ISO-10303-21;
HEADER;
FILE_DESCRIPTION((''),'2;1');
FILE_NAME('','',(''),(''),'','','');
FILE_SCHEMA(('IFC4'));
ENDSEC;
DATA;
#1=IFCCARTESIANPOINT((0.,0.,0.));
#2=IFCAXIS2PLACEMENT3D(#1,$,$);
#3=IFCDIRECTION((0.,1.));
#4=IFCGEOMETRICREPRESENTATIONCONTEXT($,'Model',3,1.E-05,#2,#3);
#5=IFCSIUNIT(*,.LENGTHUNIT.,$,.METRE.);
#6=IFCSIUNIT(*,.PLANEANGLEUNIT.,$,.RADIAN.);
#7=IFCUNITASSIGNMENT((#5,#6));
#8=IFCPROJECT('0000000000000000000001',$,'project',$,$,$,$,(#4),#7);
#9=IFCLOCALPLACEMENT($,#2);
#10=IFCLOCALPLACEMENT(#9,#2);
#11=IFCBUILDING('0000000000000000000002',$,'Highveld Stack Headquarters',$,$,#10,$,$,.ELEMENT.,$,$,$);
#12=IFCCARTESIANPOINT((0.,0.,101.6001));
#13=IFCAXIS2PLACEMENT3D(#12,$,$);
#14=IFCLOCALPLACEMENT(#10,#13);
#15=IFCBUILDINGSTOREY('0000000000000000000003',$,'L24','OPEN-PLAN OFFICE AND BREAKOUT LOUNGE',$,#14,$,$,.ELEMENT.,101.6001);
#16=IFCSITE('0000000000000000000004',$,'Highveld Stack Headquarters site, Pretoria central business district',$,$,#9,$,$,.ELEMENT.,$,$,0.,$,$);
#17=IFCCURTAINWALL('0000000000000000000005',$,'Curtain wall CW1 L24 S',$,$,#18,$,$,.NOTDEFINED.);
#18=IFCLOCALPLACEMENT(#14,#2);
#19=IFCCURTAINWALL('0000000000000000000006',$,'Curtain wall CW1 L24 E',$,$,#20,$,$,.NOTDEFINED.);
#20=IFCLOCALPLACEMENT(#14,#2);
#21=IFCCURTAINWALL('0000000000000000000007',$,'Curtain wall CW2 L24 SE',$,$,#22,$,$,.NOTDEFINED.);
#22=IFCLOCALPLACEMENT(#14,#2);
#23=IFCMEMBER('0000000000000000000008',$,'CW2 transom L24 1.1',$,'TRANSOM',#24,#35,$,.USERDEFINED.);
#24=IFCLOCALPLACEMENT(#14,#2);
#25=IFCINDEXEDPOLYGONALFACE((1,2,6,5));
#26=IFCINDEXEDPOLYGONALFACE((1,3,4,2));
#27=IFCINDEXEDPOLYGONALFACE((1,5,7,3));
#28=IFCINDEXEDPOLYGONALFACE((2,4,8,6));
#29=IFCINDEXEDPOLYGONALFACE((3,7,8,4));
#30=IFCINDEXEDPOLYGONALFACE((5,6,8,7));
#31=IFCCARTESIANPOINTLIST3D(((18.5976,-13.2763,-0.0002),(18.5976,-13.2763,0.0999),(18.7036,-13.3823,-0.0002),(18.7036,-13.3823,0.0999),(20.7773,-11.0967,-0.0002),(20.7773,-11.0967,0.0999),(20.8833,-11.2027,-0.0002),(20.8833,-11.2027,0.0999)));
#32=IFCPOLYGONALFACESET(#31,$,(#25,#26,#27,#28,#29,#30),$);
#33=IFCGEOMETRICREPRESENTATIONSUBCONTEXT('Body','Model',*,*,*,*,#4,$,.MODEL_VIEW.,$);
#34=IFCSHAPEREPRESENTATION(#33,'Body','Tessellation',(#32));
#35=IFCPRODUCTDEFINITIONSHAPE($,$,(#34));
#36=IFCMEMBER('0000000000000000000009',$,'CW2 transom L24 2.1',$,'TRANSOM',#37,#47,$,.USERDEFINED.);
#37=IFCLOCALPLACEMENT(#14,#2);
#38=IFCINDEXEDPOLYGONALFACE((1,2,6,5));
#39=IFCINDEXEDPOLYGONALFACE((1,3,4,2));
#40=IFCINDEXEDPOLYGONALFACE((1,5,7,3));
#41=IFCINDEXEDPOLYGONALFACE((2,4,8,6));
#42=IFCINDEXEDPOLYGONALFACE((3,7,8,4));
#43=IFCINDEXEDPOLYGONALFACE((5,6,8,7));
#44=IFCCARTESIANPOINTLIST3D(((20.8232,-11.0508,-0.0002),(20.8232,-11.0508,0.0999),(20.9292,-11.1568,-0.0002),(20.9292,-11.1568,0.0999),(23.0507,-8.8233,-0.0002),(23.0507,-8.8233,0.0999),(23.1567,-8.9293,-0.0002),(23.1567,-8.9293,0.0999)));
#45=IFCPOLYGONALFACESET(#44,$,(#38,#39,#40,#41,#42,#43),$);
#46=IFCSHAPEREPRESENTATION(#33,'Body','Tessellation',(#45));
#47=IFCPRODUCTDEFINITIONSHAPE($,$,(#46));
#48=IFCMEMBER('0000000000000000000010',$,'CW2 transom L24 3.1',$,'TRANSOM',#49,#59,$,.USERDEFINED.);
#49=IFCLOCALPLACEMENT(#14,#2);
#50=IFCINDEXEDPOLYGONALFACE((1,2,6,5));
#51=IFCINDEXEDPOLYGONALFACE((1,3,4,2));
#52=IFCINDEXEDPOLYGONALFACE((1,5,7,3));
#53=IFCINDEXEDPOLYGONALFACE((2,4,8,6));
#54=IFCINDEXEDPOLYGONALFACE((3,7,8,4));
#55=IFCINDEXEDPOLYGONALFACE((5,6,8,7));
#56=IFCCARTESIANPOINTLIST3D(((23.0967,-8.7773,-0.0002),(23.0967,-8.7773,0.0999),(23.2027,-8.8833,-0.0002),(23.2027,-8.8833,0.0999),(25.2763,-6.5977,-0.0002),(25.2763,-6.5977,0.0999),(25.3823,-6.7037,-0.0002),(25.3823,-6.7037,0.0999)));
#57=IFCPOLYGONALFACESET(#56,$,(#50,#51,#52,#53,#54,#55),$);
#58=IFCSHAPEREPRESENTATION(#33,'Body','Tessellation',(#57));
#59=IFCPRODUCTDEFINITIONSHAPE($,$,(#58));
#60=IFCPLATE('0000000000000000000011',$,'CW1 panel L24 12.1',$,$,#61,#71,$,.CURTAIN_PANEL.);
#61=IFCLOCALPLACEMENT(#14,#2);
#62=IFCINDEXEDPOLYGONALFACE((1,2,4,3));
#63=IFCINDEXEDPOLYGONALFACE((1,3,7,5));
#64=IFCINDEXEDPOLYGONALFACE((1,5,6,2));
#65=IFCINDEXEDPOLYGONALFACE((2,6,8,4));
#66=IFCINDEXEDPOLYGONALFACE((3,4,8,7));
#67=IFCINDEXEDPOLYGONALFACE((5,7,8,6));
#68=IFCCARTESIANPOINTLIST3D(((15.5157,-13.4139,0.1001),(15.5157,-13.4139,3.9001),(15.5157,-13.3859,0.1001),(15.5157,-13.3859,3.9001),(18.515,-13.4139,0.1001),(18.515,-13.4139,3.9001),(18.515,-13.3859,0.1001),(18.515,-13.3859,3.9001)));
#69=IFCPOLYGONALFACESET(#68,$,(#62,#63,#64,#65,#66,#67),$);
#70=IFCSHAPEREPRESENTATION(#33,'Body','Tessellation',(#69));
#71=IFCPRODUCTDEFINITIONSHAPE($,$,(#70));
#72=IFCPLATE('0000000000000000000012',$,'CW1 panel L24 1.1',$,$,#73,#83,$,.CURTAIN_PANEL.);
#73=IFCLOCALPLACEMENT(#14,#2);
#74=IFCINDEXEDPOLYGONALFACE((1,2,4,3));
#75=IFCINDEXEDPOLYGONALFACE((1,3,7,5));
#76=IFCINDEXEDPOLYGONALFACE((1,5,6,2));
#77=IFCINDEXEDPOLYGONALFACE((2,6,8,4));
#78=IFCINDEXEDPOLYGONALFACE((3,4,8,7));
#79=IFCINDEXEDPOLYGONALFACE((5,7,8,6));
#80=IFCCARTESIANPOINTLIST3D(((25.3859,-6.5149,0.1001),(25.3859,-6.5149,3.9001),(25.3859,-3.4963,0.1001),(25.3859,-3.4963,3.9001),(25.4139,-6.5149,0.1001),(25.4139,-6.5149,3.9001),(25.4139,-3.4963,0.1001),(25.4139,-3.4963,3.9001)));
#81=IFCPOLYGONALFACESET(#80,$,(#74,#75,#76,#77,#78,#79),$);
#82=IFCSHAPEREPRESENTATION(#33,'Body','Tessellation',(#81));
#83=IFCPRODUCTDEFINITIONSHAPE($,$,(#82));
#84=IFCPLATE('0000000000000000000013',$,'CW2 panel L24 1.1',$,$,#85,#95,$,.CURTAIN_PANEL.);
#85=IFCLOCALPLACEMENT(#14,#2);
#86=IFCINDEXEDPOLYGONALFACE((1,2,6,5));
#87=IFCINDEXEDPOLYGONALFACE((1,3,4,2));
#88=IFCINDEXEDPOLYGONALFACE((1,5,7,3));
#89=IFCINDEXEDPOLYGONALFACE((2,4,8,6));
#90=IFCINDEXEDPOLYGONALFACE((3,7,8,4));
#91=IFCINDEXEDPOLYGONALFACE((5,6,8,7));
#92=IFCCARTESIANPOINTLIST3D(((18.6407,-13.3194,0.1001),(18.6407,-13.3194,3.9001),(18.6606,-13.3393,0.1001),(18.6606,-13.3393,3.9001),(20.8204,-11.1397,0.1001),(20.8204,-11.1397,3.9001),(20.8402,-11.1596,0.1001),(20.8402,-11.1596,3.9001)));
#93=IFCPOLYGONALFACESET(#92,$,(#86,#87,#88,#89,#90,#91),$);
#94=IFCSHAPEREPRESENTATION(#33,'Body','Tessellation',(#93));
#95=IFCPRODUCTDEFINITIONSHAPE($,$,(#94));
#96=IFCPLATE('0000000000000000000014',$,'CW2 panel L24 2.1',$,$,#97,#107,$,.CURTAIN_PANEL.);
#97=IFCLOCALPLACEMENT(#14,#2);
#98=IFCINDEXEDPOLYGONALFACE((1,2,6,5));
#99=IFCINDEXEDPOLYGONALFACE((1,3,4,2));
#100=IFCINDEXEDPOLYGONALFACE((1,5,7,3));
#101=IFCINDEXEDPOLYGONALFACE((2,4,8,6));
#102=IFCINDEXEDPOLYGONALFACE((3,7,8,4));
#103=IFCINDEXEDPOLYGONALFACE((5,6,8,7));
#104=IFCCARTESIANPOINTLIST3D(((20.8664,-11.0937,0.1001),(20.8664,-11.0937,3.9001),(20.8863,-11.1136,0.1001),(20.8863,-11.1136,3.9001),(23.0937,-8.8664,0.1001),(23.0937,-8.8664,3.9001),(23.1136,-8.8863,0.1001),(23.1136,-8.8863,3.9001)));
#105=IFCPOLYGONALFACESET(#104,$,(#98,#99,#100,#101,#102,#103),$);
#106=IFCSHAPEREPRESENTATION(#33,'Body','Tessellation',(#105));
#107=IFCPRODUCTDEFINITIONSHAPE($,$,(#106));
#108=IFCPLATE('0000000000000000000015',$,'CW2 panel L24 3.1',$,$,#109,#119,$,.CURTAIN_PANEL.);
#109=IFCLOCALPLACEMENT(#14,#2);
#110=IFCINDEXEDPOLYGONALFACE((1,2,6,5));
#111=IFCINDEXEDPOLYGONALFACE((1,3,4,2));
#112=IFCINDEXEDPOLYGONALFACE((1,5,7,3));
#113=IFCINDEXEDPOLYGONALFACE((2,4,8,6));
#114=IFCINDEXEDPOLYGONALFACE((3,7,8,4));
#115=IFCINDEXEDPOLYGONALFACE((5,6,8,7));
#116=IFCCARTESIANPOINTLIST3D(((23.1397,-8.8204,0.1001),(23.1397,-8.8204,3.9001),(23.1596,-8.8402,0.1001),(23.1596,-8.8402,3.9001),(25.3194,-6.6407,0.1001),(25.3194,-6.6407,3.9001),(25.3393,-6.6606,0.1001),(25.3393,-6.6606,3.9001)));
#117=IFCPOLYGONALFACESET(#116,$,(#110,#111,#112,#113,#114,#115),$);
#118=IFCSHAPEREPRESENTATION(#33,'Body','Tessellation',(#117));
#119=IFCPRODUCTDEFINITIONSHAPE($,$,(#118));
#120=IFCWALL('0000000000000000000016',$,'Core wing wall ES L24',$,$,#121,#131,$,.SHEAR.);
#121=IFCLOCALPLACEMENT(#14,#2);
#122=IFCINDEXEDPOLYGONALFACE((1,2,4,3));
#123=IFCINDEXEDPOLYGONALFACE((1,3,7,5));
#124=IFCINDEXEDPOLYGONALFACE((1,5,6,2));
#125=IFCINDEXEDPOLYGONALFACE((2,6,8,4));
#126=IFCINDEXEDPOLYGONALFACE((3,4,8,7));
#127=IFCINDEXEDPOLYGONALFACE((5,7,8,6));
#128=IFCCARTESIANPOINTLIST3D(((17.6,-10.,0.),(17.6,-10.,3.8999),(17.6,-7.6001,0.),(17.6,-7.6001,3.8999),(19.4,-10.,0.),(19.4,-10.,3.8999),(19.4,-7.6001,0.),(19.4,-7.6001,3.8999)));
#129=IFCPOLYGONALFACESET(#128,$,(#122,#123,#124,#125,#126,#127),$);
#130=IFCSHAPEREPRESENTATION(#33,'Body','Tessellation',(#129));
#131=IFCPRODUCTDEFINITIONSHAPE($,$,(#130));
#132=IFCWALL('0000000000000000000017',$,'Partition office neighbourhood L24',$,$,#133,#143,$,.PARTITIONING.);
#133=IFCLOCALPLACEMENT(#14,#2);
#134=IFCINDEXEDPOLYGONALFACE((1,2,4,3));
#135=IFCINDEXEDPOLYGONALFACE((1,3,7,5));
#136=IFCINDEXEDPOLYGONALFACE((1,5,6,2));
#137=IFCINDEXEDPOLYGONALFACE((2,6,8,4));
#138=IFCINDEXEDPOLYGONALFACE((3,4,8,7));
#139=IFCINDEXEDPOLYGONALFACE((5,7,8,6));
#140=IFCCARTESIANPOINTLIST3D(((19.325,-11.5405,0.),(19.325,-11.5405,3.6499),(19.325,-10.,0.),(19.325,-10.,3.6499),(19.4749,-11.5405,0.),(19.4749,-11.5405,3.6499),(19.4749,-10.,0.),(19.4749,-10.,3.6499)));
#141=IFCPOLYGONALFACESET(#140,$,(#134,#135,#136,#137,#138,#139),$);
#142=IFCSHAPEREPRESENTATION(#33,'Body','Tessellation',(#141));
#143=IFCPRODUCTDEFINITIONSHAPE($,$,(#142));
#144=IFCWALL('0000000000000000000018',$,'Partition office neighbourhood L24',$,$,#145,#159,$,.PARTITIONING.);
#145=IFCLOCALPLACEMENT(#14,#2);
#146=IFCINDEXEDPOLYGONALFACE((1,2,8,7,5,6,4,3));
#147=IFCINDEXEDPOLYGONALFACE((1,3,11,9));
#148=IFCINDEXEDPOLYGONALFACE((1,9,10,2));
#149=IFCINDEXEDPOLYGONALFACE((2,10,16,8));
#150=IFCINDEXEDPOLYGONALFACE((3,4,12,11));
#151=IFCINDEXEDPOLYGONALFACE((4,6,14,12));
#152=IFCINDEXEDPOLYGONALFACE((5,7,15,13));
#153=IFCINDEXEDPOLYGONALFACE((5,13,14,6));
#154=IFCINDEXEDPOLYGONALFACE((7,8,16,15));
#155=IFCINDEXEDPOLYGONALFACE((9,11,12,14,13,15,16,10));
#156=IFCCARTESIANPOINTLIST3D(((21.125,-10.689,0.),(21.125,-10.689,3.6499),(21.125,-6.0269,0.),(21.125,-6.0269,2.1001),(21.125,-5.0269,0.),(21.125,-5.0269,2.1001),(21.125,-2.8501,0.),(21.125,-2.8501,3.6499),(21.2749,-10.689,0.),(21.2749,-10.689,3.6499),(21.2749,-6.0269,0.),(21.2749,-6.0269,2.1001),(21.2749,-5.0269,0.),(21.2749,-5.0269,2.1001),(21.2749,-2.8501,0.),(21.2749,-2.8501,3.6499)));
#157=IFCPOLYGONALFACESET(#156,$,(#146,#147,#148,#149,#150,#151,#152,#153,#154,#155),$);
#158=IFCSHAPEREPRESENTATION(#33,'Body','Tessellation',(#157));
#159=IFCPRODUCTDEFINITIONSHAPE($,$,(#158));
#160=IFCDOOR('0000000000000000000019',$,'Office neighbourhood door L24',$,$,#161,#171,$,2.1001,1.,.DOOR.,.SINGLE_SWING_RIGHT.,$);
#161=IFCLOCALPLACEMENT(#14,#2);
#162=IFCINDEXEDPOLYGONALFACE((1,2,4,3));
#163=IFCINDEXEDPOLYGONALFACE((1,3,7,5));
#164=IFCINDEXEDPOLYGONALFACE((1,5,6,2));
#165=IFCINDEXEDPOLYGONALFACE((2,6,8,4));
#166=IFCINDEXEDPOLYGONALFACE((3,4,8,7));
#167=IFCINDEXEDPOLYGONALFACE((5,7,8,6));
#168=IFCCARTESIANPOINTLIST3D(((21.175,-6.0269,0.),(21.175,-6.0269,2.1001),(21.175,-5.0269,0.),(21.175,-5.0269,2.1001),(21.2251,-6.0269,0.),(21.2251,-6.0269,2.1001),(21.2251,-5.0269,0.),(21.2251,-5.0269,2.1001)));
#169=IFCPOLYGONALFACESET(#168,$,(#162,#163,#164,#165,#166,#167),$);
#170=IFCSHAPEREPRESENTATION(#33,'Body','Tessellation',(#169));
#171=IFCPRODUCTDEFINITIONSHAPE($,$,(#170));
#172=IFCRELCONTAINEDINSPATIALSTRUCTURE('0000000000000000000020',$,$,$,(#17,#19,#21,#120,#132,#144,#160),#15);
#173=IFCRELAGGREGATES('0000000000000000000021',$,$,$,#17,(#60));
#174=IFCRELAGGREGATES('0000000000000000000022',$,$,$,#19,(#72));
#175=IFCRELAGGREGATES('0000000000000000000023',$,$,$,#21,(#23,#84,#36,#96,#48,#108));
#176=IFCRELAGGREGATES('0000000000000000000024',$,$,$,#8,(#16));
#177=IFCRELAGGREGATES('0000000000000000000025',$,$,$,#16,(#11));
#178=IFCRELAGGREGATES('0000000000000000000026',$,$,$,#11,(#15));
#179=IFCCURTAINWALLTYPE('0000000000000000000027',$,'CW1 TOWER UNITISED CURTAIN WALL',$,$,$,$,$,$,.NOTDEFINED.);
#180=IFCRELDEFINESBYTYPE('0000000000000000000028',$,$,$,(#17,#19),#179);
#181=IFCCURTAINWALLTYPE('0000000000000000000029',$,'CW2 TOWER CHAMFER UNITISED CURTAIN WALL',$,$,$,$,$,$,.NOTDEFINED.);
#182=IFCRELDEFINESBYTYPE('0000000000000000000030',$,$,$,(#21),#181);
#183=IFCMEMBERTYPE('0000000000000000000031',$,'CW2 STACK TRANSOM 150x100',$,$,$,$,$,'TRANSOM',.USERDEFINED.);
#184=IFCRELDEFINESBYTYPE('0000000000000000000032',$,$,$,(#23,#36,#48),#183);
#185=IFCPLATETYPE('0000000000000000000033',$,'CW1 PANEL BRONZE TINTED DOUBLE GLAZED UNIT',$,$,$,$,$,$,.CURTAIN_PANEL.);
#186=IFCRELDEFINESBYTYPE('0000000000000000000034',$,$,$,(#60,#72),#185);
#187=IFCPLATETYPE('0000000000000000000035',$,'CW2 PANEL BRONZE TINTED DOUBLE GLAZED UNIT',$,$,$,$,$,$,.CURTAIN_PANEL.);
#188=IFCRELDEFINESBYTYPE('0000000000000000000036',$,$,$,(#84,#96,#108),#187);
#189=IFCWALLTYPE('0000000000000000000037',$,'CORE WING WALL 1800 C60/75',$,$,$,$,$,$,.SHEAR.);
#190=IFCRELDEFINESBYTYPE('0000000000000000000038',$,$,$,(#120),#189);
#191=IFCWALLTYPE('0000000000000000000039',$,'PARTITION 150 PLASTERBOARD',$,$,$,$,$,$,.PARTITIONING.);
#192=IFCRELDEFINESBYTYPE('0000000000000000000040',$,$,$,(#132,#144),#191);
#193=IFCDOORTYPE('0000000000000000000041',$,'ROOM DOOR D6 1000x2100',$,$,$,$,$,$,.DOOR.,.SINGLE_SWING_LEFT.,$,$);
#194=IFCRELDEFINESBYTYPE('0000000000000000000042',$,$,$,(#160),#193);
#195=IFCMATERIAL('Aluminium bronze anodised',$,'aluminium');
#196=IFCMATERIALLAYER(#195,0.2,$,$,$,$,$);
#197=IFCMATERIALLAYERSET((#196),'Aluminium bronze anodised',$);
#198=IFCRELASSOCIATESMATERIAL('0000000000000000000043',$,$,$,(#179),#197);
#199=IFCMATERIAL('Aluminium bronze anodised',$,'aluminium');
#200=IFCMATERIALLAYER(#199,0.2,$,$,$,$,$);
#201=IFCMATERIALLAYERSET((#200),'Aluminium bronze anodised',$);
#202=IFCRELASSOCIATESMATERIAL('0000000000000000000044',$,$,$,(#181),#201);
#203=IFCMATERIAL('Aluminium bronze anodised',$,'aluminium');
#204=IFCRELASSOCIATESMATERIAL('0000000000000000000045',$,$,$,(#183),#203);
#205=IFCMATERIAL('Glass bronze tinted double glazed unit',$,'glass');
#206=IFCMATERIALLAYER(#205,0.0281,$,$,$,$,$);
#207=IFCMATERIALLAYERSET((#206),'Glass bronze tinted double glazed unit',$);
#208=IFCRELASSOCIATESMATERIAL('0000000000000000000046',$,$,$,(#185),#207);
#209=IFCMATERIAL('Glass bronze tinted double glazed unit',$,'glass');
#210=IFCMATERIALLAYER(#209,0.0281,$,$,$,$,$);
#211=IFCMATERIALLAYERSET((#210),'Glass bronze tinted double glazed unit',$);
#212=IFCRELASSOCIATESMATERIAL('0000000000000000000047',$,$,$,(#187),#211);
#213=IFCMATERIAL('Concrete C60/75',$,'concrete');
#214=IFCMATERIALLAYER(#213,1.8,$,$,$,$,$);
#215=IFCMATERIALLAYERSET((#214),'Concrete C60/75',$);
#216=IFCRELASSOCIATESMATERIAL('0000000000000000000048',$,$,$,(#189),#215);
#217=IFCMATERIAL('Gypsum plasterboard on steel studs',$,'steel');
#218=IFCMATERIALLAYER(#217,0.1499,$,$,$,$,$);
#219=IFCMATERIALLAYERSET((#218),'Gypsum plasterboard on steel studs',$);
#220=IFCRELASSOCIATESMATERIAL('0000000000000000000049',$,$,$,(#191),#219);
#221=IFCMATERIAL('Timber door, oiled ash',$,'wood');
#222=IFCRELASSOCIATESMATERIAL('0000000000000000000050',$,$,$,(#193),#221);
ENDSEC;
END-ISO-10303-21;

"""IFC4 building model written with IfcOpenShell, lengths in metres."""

from ifc_helpers import new_model, si_unit, direction, frame, frame_2d, origin, origin_2d, place, context, subcontext, project, spatial, rectangle, extrude, material, layer, layer_set, material_profile, profile_set, type_object, element, fill, aggregate, save


model = new_model("IFC4")

# Units and contexts
model_context = context("Model", 3, precision=1e-05, world=origin(), true_north=direction((0.0, 1.0)))
body_context = subcontext(model_context, "Body", "Model", "MODEL_VIEW")
ifc_project = project(units=[si_unit("LENGTHUNIT", "METRE"), si_unit("PLANEANGLEUNIT", "RADIAN")], contexts=[model_context])

# Site, building, storey
site_placement = place(None, origin())
site = spatial("IfcSite", under=ifc_project, at=site_placement, Name="Highveld Stack Headquarters site, Pretoria central business district", CompositionType="ELEMENT", RefElevation=0.0)
building_placement = place(site_placement, origin())
building = spatial("IfcBuilding", under=site, at=building_placement, Name="Highveld Stack Headquarters", CompositionType="ELEMENT")
storey_placement = place(building_placement, frame((0.0, 0.0, 101.6001)))
storey = spatial("IfcBuildingStorey", under=building, at=storey_placement, Name="L24", Description="OPEN-PLAN OFFICE AND BREAKOUT LOUNGE", CompositionType="ELEMENT", Elevation=101.6001)

# Curtain wall
ifc_material_1 = material(Name="Aluminium bronze anodised", Category="aluminium")
ifc_layer_1 = layer(ifc_material_1, 0.2)
ifc_layer_set_1 = layer_set([ifc_layer_1], Name="Aluminium bronze anodised")
curtain_wall_type_1 = type_object("IfcCurtainWallType", Name="CW1 TOWER UNITISED CURTAIN WALL", PredefinedType="NOTDEFINED", material=ifc_layer_set_1)
curtain_wall_1_placement = place(storey_placement, origin())
curtain_wall_1 = element("IfcCurtainWall", 1, at=curtain_wall_1_placement, inside=storey, type_object=curtain_wall_type_1, Name="Curtain wall CW1 L24 S", PredefinedType="NOTDEFINED")

# Curtain wall
curtain_wall_2_placement = place(storey_placement, origin())
curtain_wall_2 = element("IfcCurtainWall", 2, at=curtain_wall_2_placement, inside=storey, type_object=curtain_wall_type_1, Name="Curtain wall CW1 L24 E", PredefinedType="NOTDEFINED")

# Curtain wall, members
ifc_material_2 = material(Name="Aluminium bronze anodised", Category="aluminium")
ifc_layer_2 = layer(ifc_material_2, 0.2)
ifc_layer_set_2 = layer_set([ifc_layer_2], Name="Aluminium bronze anodised")
curtain_wall_type_2 = type_object("IfcCurtainWallType", Name="CW2 TOWER CHAMFER UNITISED CURTAIN WALL", PredefinedType="NOTDEFINED", material=ifc_layer_set_2)
curtain_wall_3_placement = place(storey_placement, origin())
curtain_wall_3 = element("IfcCurtainWall", 3, at=curtain_wall_3_placement, inside=storey, type_object=curtain_wall_type_2, Name="Curtain wall CW2 L24 SE", PredefinedType="NOTDEFINED")
ifc_material_3 = material(Name="Aluminium bronze anodised", Category="aluminium")
ifc_material_profile_1 = material_profile(ifc_material_3, rectangle(XDim=0.1499, YDim=0.1001, at=origin_2d()), Name="CW2 TRANSOM 150x100")
ifc_profile_set_1 = profile_set([ifc_material_profile_1], Name="Aluminium bronze anodised")
member_type_1 = type_object("IfcMemberType", Name="CW2 STACK TRANSOM 150x100", ElementType="TRANSOM", PredefinedType="USERDEFINED", material=ifc_profile_set_1)
member_1_placement = place(storey_placement, frame((18.6506, -13.3293, 0.0498), z_axis=(0.707107, 0.707107, 0.0), x_axis=(-0.707107, 0.707107, 0.0)))
member_1 = element("IfcMember", 4, at=member_1_placement, type_object=member_type_1, Name="CW2 transom L24 1.1", ObjectType="TRANSOM", PredefinedType="USERDEFINED", context=body_context, shape_type="SweptSolid", body=[
    extrude(rectangle(XDim=0.1499, YDim=0.1001, at=origin_2d()), origin(), (0.0, 0.0, 1.0), 3.0825),
])
member_2_placement = place(storey_placement, frame((20.8762, -11.1038, 0.0498), z_axis=(0.707107, 0.707107, 0.0), x_axis=(-0.707107, 0.707107, 0.0)))
member_2 = element("IfcMember", 5, at=member_2_placement, type_object=member_type_1, Name="CW2 transom L24 2.1", ObjectType="TRANSOM", PredefinedType="USERDEFINED", context=body_context, shape_type="SweptSolid", body=[
    extrude(rectangle(XDim=0.1499, YDim=0.1001, at=origin_2d()), origin(), (0.0, 0.0, 1.0), 3.1501),
])
member_3_placement = place(storey_placement, frame((23.1497, -8.8303, 0.0498), z_axis=(0.707107, 0.707107, 0.0), x_axis=(-0.707107, 0.707107, 0.0)))
member_3 = element("IfcMember", 6, at=member_3_placement, type_object=member_type_1, Name="CW2 transom L24 3.1", ObjectType="TRANSOM", PredefinedType="USERDEFINED", context=body_context, shape_type="SweptSolid", body=[
    extrude(rectangle(XDim=0.1499, YDim=0.1001, at=origin_2d()), origin(), (0.0, 0.0, 1.0), 3.0825),
])

# Plates
ifc_material_4 = material(Name="Glass bronze tinted double glazed unit", Category="glass")
ifc_layer_3 = layer(ifc_material_4, 0.0281)
ifc_layer_set_3 = layer_set([ifc_layer_3], Name="Glass bronze tinted double glazed unit")
plate_type_1 = type_object("IfcPlateType", Name="CW1 PANEL BRONZE TINTED DOUBLE GLAZED UNIT", PredefinedType="CURTAIN_PANEL", material=ifc_layer_set_3)
plate_1_placement = place(storey_placement, frame((17.0154, -13.3999, 0.1001), z_axis=(0.0, 0.0, 1.0), x_axis=(1.0, 0.0, 0.0)))
plate_1 = element("IfcPlate", 7, at=plate_1_placement, type_object=plate_type_1, Name="CW1 panel L24 12.1", PredefinedType="CURTAIN_PANEL", context=body_context, shape_type="SweptSolid", body=[
    extrude(rectangle(XDim=2.9993, YDim=0.0281, at=origin_2d()), origin(), (0.0, 0.0, 1.0), 3.8),
])
aggregate(curtain_wall_1, [plate_1])
plate_2_placement = place(storey_placement, frame((25.3999, -5.0056, 0.1001), z_axis=(0.0, 0.0, 1.0), x_axis=(0.0, 1.0, 0.0)))
plate_2 = element("IfcPlate", 8, at=plate_2_placement, type_object=plate_type_1, Name="CW1 panel L24 1.1", PredefinedType="CURTAIN_PANEL", context=body_context, shape_type="SweptSolid", body=[
    extrude(rectangle(XDim=3.0186, YDim=0.0281, at=origin_2d()), origin(), (0.0, 0.0, 1.0), 3.8),
])
aggregate(curtain_wall_2, [plate_2])
ifc_material_5 = material(Name="Glass bronze tinted double glazed unit", Category="glass")
ifc_layer_4 = layer(ifc_material_5, 0.0281)
ifc_layer_set_4 = layer_set([ifc_layer_4], Name="Glass bronze tinted double glazed unit")
plate_type_2 = type_object("IfcPlateType", Name="CW2 PANEL BRONZE TINTED DOUBLE GLAZED UNIT", PredefinedType="CURTAIN_PANEL", material=ifc_layer_set_4)
plate_3_placement = place(storey_placement, frame((19.7405, -12.2395, 0.1001), z_axis=(0.0, 0.0, 1.0), x_axis=(0.707107, 0.707107, 0.0)))
plate_3 = element("IfcPlate", 9, at=plate_3_placement, type_object=plate_type_2, Name="CW2 panel L24 1.1", PredefinedType="CURTAIN_PANEL", context=body_context, shape_type="SweptSolid", body=[
    extrude(rectangle(XDim=3.0825, YDim=0.0281, at=origin_2d()), origin(), (0.0, 0.0, 1.0), 3.8),
])
plate_4_placement = place(storey_placement, frame((21.99, -9.99, 0.1001), z_axis=(0.0, 0.0, 1.0), x_axis=(0.707107, 0.707107, 0.0)))
plate_4 = element("IfcPlate", 10, at=plate_4_placement, type_object=plate_type_2, Name="CW2 panel L24 2.1", PredefinedType="CURTAIN_PANEL", context=body_context, shape_type="SweptSolid", body=[
    extrude(rectangle(XDim=3.1499, YDim=0.0281, at=origin_2d()), origin(), (0.0, 0.0, 1.0), 3.8),
])
plate_5_placement = place(storey_placement, frame((24.2395, -7.7405, 0.1001), z_axis=(0.0, 0.0, 1.0), x_axis=(0.707107, 0.707107, 0.0)))
plate_5 = element("IfcPlate", 11, at=plate_5_placement, type_object=plate_type_2, Name="CW2 panel L24 3.1", PredefinedType="CURTAIN_PANEL", context=body_context, shape_type="SweptSolid", body=[
    extrude(rectangle(XDim=3.0825, YDim=0.0281, at=origin_2d()), origin(), (0.0, 0.0, 1.0), 3.8),
])
aggregate(curtain_wall_3, [member_1, plate_3, member_2, plate_4, member_3, plate_5])

# Walls
ifc_material_6 = material(Name="Concrete C60/75", Category="concrete")
ifc_layer_5 = layer(ifc_material_6, 1.8)
ifc_layer_set_5 = layer_set([ifc_layer_5], Name="Concrete C60/75")
wall_type_1 = type_object("IfcWallType", Name="CORE WING WALL 1800 C60/75", PredefinedType="SHEAR", material=ifc_layer_set_5)
wall_1_placement = place(storey_placement, frame((18.5, -10.0, 0.0), z_axis=(0.0, 0.0, 1.0), x_axis=(0.0, 1.0, 0.0)))
element("IfcWall", 12, at=wall_1_placement, inside=storey, type_object=wall_type_1, Name="Core wing wall ES L24", PredefinedType="SHEAR", context=body_context, shape_type="SweptSolid", body=[
    extrude(rectangle(XDim=2.3999, YDim=1.8, at=frame_2d((1.2, 0.0))), origin(), (0.0, 0.0, 1.0), 3.8999),
])
ifc_material_7 = material(Name="Gypsum plasterboard on steel studs", Category="steel")
ifc_layer_6 = layer(ifc_material_7, 0.1499)
ifc_layer_set_6 = layer_set([ifc_layer_6], Name="Gypsum plasterboard on steel studs")
wall_type_2 = type_object("IfcWallType", Name="PARTITION 150 PLASTERBOARD", PredefinedType="PARTITIONING", material=ifc_layer_set_6)
wall_2_placement = place(storey_placement, frame((19.3999, -11.5405, 0.0), z_axis=(0.0, 0.0, 1.0), x_axis=(0.0, 1.0, 0.0)))
element("IfcWall", 13, at=wall_2_placement, inside=storey, type_object=wall_type_2, Name="Partition office neighbourhood L24", PredefinedType="PARTITIONING", context=body_context, shape_type="SweptSolid", body=[
    extrude(rectangle(XDim=1.5405, YDim=0.1499, at=frame_2d((0.7703, 0.0))), origin(), (0.0, 0.0, 1.0), 3.6499),
])

# Wall, opening, door
wall_3_placement = place(storey_placement, frame((21.2, -10.689, 0.0), z_axis=(0.0, 0.0, 1.0), x_axis=(0.0, 1.0, 0.0)))
wall_3 = element("IfcWall", 14, at=wall_3_placement, inside=storey, type_object=wall_type_2, Name="Partition office neighbourhood L24", PredefinedType="PARTITIONING", context=body_context, shape_type="SweptSolid", body=[
    extrude(rectangle(XDim=7.8389, YDim=0.1499, at=frame_2d((3.9194, 0.0))), origin(), (0.0, 0.0, 1.0), 3.6499),
])
opening_1_placement = place(wall_3_placement, frame((4.6621, 0.0, 0.0)))
opening_1 = element("IfcOpeningElement", 15, at=opening_1_placement, cuts=wall_3, PredefinedType="OPENING", context=body_context, shape_type="SweptSolid", body=[
    extrude(rectangle(XDim=1.0, YDim=2.1001, at=frame_2d((0.5, 1.05))), frame((0.0, 0.085, 0.0), z_axis=(0.0, -1.0, 0.0), x_axis=(1.0, 0.0, 0.0)), (0.0, 0.0, 1.0), 0.1699),
])
ifc_material_8 = material(Name="Timber door, oiled ash", Category="wood")
door_type_1 = type_object("IfcDoorType", Name="ROOM DOOR D6 1000x2100", OperationType="SINGLE_SWING_LEFT", PredefinedType="DOOR", material=ifc_material_8)
door_1_placement = place(opening_1_placement, origin())
door_1 = element("IfcDoor", 16, at=door_1_placement, inside=storey, type_object=door_type_1, Name="Office neighbourhood door L24", OperationType="SINGLE_SWING_RIGHT", OverallHeight=2.1001, OverallWidth=1.0, PredefinedType="DOOR", context=body_context, shape_type="SweptSolid", body=[
    extrude(rectangle(XDim=1.0, YDim=2.1001, at=frame_2d((0.5, 1.05))), frame((0.0, 0.0249, 0.0), z_axis=(0.0, -1.0, 0.0), x_axis=(1.0, 0.0, 0.0)), (0.0, 0.0, 1.0), 0.05),
])
fill(opening_1, door_1)

save(model, "model.ifc")
